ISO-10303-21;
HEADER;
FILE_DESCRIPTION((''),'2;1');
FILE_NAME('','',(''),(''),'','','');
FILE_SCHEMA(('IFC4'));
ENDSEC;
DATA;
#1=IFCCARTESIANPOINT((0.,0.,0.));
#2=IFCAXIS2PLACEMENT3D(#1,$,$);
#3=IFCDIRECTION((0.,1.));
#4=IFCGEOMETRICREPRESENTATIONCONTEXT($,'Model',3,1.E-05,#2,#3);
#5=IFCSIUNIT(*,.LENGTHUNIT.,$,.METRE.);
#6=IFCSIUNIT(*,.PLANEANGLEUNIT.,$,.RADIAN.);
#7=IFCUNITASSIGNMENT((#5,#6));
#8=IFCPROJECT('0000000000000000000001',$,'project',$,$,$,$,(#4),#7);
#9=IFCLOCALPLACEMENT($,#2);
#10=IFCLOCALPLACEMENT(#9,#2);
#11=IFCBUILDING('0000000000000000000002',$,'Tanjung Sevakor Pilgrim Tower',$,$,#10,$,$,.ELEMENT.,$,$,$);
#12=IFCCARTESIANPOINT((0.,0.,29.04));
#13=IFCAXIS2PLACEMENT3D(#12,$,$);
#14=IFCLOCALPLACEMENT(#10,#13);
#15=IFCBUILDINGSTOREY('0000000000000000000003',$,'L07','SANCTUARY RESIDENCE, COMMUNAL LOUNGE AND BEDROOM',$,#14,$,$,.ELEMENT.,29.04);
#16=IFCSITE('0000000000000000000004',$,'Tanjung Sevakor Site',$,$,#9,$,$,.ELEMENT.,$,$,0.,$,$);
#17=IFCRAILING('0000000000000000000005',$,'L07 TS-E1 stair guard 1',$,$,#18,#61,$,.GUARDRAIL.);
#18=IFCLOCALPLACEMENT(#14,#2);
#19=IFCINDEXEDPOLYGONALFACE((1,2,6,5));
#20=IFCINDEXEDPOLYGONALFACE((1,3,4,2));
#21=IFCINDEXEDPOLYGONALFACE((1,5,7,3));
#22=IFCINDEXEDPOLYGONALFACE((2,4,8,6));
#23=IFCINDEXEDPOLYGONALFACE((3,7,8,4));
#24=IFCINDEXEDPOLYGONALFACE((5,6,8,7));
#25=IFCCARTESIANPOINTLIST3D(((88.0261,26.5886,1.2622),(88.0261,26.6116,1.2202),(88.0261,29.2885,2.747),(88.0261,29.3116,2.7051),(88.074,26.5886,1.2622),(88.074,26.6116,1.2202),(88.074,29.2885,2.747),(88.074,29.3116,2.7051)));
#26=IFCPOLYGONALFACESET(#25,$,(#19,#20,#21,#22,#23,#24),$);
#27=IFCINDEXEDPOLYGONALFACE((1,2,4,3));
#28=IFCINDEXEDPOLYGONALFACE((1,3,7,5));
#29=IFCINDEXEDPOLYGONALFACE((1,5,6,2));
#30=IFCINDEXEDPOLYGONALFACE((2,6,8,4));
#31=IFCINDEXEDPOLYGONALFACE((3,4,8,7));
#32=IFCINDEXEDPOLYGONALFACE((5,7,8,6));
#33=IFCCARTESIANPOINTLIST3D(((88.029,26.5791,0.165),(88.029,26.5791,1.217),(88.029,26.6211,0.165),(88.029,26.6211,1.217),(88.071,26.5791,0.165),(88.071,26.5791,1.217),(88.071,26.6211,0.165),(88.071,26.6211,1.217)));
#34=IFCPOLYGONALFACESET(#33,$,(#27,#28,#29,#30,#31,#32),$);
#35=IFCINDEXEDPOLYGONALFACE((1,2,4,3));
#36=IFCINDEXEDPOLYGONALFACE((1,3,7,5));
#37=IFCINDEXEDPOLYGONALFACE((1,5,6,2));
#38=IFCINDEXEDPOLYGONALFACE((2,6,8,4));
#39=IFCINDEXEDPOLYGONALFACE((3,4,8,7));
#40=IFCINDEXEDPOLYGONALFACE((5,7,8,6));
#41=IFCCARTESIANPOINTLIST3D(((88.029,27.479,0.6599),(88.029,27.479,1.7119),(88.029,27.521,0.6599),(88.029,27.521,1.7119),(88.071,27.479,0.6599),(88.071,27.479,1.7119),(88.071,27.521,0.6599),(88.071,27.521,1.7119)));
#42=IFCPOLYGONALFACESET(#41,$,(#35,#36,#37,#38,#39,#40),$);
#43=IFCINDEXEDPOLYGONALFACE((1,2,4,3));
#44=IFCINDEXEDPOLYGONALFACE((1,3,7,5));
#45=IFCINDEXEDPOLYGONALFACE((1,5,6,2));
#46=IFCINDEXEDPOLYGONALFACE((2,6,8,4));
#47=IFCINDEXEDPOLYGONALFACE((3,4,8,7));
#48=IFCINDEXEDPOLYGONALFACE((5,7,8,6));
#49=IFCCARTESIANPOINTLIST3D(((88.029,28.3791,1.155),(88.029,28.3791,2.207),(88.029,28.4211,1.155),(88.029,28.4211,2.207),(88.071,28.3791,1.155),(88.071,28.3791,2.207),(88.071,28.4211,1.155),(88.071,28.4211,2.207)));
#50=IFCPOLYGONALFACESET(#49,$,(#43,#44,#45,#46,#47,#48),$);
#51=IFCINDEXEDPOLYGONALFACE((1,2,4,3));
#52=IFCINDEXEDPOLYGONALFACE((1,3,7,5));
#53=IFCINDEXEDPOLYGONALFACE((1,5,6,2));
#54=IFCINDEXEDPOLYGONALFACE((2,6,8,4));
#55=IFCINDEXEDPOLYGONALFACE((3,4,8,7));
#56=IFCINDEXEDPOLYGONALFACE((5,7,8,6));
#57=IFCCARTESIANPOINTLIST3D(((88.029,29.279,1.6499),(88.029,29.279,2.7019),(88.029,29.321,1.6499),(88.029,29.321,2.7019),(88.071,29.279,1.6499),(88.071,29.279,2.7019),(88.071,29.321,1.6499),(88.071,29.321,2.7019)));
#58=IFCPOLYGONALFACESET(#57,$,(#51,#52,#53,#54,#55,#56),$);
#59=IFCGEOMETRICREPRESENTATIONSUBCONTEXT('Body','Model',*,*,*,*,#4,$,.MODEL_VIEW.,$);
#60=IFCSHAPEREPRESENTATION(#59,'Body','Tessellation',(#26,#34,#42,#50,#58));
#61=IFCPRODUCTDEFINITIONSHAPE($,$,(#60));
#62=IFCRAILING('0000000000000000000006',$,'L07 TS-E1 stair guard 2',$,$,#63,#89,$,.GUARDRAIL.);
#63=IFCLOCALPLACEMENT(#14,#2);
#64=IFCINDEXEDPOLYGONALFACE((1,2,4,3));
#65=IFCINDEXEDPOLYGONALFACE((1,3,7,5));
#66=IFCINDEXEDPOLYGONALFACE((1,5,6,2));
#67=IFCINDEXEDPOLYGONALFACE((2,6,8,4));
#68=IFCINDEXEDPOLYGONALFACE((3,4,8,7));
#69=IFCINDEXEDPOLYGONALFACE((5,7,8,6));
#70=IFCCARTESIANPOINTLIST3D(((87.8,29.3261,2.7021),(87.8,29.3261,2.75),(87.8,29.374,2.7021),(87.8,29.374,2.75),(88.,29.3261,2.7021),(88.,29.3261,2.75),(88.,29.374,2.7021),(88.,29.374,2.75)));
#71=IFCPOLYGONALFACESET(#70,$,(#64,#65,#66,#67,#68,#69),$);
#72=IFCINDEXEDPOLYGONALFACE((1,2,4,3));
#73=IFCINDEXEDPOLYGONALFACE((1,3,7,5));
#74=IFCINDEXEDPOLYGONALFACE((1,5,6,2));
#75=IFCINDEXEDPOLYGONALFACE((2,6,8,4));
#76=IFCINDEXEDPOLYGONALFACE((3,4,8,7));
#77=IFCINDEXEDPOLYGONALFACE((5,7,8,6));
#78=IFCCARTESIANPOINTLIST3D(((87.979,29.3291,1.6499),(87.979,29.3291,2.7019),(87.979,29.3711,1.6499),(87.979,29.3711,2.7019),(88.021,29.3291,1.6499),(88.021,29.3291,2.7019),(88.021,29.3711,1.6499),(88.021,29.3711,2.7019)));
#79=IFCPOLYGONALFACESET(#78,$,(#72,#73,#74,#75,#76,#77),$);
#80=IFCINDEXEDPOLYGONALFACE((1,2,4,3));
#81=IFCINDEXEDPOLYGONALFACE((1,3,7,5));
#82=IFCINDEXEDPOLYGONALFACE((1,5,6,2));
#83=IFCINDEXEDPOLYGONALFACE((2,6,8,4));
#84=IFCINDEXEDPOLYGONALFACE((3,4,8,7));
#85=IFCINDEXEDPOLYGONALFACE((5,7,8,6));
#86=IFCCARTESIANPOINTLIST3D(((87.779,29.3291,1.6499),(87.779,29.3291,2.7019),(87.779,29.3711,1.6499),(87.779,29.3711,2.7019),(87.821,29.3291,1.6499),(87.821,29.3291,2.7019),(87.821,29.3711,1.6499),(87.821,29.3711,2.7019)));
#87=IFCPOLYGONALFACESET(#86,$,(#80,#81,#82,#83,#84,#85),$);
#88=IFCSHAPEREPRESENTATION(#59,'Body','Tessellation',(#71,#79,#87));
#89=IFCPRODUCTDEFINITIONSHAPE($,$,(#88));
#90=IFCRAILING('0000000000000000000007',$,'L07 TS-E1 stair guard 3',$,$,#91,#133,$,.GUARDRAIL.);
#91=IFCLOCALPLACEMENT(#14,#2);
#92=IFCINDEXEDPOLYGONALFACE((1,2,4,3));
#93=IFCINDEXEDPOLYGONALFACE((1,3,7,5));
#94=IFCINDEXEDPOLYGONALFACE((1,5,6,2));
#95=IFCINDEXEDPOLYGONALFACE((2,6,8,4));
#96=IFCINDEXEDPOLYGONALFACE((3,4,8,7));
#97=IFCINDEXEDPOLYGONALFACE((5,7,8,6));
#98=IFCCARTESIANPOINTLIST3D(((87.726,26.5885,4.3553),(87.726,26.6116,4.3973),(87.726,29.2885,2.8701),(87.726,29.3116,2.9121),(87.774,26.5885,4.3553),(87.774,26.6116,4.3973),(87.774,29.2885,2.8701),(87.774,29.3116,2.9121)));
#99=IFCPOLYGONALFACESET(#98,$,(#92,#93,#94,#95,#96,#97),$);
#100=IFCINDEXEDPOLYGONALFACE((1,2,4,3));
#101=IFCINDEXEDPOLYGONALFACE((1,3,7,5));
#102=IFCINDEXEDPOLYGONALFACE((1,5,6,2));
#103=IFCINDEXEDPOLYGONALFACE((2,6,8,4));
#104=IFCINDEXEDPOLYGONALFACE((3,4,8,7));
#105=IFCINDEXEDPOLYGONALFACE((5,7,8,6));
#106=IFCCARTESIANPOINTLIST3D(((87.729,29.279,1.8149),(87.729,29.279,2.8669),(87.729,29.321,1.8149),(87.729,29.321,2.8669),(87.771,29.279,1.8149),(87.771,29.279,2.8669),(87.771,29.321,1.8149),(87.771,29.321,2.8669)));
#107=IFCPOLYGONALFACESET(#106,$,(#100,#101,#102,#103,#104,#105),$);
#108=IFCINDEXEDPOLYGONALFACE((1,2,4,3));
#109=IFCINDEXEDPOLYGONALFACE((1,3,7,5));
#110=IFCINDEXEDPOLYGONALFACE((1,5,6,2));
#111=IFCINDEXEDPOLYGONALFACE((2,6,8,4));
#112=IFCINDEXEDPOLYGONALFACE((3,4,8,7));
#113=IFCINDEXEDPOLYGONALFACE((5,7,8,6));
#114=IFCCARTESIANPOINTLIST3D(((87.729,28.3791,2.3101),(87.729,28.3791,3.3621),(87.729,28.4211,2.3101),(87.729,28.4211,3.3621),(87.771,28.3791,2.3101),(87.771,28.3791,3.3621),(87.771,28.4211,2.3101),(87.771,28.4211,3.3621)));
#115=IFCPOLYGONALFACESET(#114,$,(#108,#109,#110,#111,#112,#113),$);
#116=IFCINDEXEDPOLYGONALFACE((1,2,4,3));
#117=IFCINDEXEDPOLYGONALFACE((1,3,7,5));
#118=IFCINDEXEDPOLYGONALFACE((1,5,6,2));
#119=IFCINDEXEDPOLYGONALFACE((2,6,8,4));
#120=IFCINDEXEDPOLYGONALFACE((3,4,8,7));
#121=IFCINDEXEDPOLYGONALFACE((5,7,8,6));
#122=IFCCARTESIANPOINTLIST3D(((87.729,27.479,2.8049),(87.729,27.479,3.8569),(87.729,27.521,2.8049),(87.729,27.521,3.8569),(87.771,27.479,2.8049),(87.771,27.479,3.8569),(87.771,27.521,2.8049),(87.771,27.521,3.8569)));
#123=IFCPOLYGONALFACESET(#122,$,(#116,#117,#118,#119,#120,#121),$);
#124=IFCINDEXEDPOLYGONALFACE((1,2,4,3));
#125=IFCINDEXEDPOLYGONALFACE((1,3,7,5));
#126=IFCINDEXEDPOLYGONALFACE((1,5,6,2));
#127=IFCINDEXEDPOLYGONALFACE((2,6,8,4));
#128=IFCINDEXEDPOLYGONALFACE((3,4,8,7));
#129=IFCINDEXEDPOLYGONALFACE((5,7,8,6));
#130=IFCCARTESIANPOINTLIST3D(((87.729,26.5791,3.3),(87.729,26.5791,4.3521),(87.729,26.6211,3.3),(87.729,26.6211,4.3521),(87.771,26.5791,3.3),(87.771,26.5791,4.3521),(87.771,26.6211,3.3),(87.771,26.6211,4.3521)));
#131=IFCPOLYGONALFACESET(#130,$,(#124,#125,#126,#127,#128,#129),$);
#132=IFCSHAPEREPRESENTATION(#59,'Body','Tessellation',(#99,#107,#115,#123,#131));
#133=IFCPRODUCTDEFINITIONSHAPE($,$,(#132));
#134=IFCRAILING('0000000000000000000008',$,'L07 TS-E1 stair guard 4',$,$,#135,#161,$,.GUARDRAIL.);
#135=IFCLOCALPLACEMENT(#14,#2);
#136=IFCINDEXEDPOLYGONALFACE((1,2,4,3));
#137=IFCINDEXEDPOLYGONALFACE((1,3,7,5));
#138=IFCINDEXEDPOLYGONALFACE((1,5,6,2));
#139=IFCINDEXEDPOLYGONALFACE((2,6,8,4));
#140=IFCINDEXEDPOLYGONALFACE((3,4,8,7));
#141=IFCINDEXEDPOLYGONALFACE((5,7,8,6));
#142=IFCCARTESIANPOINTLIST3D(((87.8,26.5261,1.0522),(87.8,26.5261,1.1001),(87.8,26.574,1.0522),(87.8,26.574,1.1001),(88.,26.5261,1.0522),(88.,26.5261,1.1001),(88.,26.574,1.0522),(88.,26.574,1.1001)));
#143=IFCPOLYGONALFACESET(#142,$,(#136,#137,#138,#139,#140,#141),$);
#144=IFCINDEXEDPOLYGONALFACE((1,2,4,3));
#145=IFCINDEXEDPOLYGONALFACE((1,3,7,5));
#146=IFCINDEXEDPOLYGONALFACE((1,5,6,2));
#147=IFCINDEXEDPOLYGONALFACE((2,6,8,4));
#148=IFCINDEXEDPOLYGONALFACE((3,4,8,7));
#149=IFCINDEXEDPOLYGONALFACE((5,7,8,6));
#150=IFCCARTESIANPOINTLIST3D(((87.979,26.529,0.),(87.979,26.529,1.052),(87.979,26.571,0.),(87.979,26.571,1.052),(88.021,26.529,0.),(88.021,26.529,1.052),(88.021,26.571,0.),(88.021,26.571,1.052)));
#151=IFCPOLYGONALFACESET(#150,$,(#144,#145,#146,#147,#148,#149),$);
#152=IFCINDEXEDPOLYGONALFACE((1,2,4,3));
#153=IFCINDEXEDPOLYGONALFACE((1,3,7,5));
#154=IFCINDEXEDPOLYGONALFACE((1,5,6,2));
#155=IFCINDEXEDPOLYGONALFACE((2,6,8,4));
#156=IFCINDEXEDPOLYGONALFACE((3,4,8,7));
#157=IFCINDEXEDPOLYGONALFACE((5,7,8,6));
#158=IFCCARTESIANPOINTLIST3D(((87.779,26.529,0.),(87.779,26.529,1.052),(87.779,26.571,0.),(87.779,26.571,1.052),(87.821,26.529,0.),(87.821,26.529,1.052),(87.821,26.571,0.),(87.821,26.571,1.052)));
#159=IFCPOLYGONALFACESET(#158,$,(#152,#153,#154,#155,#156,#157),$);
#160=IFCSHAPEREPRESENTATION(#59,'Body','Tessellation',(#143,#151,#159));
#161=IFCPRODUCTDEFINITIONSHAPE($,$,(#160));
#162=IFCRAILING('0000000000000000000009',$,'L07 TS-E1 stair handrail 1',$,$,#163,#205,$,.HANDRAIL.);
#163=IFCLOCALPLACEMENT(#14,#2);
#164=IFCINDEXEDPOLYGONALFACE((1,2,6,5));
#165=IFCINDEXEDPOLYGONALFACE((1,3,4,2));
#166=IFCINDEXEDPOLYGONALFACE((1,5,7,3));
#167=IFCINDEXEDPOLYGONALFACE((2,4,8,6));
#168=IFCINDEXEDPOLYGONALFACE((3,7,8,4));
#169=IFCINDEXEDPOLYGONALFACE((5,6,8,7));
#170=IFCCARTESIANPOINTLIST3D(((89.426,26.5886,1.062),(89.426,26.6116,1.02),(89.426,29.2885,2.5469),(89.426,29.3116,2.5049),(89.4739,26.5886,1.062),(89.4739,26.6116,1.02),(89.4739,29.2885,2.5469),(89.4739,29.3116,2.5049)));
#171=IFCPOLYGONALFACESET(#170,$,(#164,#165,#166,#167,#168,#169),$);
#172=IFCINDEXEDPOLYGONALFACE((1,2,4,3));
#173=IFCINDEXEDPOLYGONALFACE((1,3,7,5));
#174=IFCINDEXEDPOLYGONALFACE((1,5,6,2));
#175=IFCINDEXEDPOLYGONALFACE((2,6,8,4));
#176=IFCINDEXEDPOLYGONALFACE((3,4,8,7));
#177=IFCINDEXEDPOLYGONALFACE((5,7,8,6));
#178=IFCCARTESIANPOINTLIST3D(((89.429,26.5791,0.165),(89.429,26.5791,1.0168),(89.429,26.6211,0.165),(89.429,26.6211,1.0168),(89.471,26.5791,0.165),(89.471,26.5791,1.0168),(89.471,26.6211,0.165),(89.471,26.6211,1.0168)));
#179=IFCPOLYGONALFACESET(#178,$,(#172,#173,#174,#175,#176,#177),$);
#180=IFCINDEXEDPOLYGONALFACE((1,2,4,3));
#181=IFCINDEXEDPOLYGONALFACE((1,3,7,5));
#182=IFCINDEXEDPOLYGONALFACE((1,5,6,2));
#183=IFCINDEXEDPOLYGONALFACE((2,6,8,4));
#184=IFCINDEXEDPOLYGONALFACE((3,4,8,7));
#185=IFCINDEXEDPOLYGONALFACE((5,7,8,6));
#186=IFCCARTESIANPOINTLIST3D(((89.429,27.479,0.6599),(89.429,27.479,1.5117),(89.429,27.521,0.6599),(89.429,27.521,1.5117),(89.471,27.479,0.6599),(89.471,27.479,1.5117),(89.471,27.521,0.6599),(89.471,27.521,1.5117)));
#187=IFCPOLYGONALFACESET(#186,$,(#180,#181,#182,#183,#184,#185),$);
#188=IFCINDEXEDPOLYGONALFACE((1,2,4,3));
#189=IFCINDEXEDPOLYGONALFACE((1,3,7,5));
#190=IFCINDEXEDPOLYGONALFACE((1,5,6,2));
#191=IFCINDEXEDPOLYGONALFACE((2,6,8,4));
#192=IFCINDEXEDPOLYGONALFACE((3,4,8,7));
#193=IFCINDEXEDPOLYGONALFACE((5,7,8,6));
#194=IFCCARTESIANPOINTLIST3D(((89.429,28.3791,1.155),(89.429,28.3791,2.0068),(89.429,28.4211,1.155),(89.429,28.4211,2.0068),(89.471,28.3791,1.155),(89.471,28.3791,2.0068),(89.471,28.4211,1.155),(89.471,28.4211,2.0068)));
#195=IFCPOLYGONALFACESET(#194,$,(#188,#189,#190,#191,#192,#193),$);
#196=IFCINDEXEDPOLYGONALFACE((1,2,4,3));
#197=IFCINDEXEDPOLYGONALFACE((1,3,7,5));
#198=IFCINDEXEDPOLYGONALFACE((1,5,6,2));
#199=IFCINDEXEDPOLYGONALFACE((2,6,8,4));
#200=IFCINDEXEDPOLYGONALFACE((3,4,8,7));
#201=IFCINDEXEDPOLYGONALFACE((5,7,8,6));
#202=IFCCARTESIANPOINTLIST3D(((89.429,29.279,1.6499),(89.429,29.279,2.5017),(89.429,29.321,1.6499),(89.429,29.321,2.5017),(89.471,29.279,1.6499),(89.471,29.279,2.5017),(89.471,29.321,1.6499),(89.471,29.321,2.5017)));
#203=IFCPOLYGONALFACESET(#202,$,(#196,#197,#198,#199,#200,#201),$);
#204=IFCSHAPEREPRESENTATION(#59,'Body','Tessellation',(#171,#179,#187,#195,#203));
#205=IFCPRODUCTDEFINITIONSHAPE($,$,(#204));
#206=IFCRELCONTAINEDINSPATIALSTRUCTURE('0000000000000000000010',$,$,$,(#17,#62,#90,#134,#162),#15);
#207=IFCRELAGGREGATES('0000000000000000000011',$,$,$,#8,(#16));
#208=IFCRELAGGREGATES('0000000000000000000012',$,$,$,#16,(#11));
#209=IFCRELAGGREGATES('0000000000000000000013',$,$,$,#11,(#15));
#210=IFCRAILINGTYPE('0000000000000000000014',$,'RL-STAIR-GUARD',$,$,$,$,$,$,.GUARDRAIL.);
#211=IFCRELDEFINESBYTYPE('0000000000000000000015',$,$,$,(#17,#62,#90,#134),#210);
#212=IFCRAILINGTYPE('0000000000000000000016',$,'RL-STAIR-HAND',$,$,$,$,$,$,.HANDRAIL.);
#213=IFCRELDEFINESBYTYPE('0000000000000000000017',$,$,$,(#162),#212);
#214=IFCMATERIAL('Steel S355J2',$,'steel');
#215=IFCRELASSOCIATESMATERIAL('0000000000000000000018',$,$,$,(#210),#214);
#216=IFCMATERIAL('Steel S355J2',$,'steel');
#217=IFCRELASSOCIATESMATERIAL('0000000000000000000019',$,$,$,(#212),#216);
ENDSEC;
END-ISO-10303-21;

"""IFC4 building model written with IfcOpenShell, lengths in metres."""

from ifc_helpers import new_model, si_unit, direction, frame, origin, place, context, subcontext, project, spatial, rectangle, extrude, material, type_object, element, save


model = new_model("IFC4")

# Units and contexts
model_context = context("Model", 3, precision=1e-05, world=origin(), true_north=direction((0.0, 1.0)))
body_context = subcontext(model_context, "Body", "Model", "MODEL_VIEW")
ifc_project = project(units=[si_unit("LENGTHUNIT", "METRE"), si_unit("PLANEANGLEUNIT", "RADIAN")], contexts=[model_context])

# Site, building, storey
site_placement = place(None, origin())
site = spatial("IfcSite", under=ifc_project, at=site_placement, Name="Tanjung Sevakor Site", CompositionType="ELEMENT", RefElevation=0.0)
building_placement = place(site_placement, origin())
building = spatial("IfcBuilding", under=site, at=building_placement, Name="Tanjung Sevakor Pilgrim Tower", CompositionType="ELEMENT")
storey_placement = place(building_placement, frame((0.0, 0.0, 29.04)))
storey = spatial("IfcBuildingStorey", under=building, at=storey_placement, Name="L07", Description="SANCTUARY RESIDENCE, COMMUNAL LOUNGE AND BEDROOM", CompositionType="ELEMENT", Elevation=29.04)

# Railings
ifc_material_1 = material(Name="Steel S355J2", Category="steel")
railing_type_1 = type_object("IfcRailingType", Name="RL-STAIR-GUARD", PredefinedType="GUARDRAIL", material=ifc_material_1)
railing_1_placement = place(storey_placement, frame((88.05, 26.6001, 0.165)))
element("IfcRailing", 1, at=railing_1_placement, inside=storey, type_object=railing_type_1, Name="L07 TS-E1 stair guard 1", PredefinedType="GUARDRAIL", context=body_context, shape_type="SweptSolid", body=[
    extrude(rectangle(XDim=0.0479, YDim=0.0479), frame((0.0, 0.0, 1.0762), z_axis=(0.0, 0.876231, 0.481891), x_axis=(-1.0, 0.0, 0.0)), (0.0, 0.0, 1.0), 3.0813),
    extrude(rectangle(XDim=0.042, YDim=0.042), origin(), (0.0, 0.0, 1.0), 1.052),
    extrude(rectangle(XDim=0.042, YDim=0.042), frame((0.0, 0.8999, 0.4949)), (0.0, 0.0, 1.0), 1.052),
    extrude(rectangle(XDim=0.042, YDim=0.042), frame((0.0, 1.8, 0.99)), (0.0, 0.0, 1.0), 1.052),
    extrude(rectangle(XDim=0.042, YDim=0.042), frame((0.0, 2.7, 1.4849)), (0.0, 0.0, 1.0), 1.052),
])
railing_2_placement = place(storey_placement, frame((88.0, 29.3501, 1.6499)))
element("IfcRailing", 2, at=railing_2_placement, inside=storey, type_object=railing_type_1, Name="L07 TS-E1 stair guard 2", PredefinedType="GUARDRAIL", context=body_context, shape_type="SweptSolid", body=[
    extrude(rectangle(XDim=0.0479, YDim=0.0479), frame((0.0, 0.0, 1.0762), z_axis=(-1.0, 0.0, 0.0), x_axis=(0.0, -1.0, 0.0)), (0.0, 0.0, 1.0), 0.2),
    extrude(rectangle(XDim=0.042, YDim=0.042), origin(), (0.0, 0.0, 1.0), 1.052),
    extrude(rectangle(XDim=0.042, YDim=0.042), frame((-0.2, 0.0, 0.0)), (0.0, 0.0, 1.0), 1.052),
])
railing_3_placement = place(storey_placement, frame((87.75, 29.3, 1.8149)))
element("IfcRailing", 3, at=railing_3_placement, inside=storey, type_object=railing_type_1, Name="L07 TS-E1 stair guard 3", PredefinedType="GUARDRAIL", context=body_context, shape_type="SweptSolid", body=[
    extrude(rectangle(XDim=0.0479, YDim=0.0479), frame((0.0, 0.0, 1.0762), z_axis=(0.0, -0.876198, 0.481952), x_axis=(1.0, 0.0, 0.0)), (0.0, 0.0, 1.0), 3.0815),
    extrude(rectangle(XDim=0.042, YDim=0.042), origin(), (0.0, 0.0, 1.0), 1.052),
    extrude(rectangle(XDim=0.042, YDim=0.042), frame((0.0, -0.8999, 0.4951)), (0.0, 0.0, 1.0), 1.052),
    extrude(rectangle(XDim=0.042, YDim=0.042), frame((0.0, -1.8, 0.99)), (0.0, 0.0, 1.0), 1.052),
    extrude(rectangle(XDim=0.042, YDim=0.042), frame((0.0, -2.7, 1.4851)), (0.0, 0.0, 1.0), 1.052),
])
railing_4_placement = place(storey_placement, frame((88.0, 26.55, 0.0)))
element("IfcRailing", 4, at=railing_4_placement, inside=storey, type_object=railing_type_1, Name="L07 TS-E1 stair guard 4", PredefinedType="GUARDRAIL", context=body_context, shape_type="SweptSolid", body=[
    extrude(rectangle(XDim=0.0479, YDim=0.0479), frame((0.0, 0.0, 1.0762), z_axis=(-1.0, 0.0, 0.0), x_axis=(0.0, -1.0, 0.0)), (0.0, 0.0, 1.0), 0.2),
    extrude(rectangle(XDim=0.042, YDim=0.042), origin(), (0.0, 0.0, 1.0), 1.052),
    extrude(rectangle(XDim=0.042, YDim=0.042), frame((-0.2, 0.0, 0.0)), (0.0, 0.0, 1.0), 1.052),
])
ifc_material_2 = material(Name="Steel S355J2", Category="steel")
railing_type_2 = type_object("IfcRailingType", Name="RL-STAIR-HAND", PredefinedType="HANDRAIL", material=ifc_material_2)
railing_5_placement = place(storey_placement, frame((89.45, 26.6001, 0.165)))
element("IfcRailing", 5, at=railing_5_placement, inside=storey, type_object=railing_type_2, Name="L07 TS-E1 stair handrail 1", PredefinedType="HANDRAIL", context=body_context, shape_type="SweptSolid", body=[
    extrude(rectangle(XDim=0.0479, YDim=0.0479), frame((0.0, 0.0, 0.876), z_axis=(0.0, 0.876231, 0.481891), x_axis=(-1.0, 0.0, 0.0)), (0.0, 0.0, 1.0), 3.0813),
    extrude(rectangle(XDim=0.042, YDim=0.042), origin(), (0.0, 0.0, 1.0), 0.8518),
    extrude(rectangle(XDim=0.042, YDim=0.042), frame((0.0, 0.8999, 0.4949)), (0.0, 0.0, 1.0), 0.8518),
    extrude(rectangle(XDim=0.042, YDim=0.042), frame((0.0, 1.8, 0.99)), (0.0, 0.0, 1.0), 0.8518),
    extrude(rectangle(XDim=0.042, YDim=0.042), frame((0.0, 2.7, 1.4849)), (0.0, 0.0, 1.0), 0.8518),
])

save(model, "model.ifc")
